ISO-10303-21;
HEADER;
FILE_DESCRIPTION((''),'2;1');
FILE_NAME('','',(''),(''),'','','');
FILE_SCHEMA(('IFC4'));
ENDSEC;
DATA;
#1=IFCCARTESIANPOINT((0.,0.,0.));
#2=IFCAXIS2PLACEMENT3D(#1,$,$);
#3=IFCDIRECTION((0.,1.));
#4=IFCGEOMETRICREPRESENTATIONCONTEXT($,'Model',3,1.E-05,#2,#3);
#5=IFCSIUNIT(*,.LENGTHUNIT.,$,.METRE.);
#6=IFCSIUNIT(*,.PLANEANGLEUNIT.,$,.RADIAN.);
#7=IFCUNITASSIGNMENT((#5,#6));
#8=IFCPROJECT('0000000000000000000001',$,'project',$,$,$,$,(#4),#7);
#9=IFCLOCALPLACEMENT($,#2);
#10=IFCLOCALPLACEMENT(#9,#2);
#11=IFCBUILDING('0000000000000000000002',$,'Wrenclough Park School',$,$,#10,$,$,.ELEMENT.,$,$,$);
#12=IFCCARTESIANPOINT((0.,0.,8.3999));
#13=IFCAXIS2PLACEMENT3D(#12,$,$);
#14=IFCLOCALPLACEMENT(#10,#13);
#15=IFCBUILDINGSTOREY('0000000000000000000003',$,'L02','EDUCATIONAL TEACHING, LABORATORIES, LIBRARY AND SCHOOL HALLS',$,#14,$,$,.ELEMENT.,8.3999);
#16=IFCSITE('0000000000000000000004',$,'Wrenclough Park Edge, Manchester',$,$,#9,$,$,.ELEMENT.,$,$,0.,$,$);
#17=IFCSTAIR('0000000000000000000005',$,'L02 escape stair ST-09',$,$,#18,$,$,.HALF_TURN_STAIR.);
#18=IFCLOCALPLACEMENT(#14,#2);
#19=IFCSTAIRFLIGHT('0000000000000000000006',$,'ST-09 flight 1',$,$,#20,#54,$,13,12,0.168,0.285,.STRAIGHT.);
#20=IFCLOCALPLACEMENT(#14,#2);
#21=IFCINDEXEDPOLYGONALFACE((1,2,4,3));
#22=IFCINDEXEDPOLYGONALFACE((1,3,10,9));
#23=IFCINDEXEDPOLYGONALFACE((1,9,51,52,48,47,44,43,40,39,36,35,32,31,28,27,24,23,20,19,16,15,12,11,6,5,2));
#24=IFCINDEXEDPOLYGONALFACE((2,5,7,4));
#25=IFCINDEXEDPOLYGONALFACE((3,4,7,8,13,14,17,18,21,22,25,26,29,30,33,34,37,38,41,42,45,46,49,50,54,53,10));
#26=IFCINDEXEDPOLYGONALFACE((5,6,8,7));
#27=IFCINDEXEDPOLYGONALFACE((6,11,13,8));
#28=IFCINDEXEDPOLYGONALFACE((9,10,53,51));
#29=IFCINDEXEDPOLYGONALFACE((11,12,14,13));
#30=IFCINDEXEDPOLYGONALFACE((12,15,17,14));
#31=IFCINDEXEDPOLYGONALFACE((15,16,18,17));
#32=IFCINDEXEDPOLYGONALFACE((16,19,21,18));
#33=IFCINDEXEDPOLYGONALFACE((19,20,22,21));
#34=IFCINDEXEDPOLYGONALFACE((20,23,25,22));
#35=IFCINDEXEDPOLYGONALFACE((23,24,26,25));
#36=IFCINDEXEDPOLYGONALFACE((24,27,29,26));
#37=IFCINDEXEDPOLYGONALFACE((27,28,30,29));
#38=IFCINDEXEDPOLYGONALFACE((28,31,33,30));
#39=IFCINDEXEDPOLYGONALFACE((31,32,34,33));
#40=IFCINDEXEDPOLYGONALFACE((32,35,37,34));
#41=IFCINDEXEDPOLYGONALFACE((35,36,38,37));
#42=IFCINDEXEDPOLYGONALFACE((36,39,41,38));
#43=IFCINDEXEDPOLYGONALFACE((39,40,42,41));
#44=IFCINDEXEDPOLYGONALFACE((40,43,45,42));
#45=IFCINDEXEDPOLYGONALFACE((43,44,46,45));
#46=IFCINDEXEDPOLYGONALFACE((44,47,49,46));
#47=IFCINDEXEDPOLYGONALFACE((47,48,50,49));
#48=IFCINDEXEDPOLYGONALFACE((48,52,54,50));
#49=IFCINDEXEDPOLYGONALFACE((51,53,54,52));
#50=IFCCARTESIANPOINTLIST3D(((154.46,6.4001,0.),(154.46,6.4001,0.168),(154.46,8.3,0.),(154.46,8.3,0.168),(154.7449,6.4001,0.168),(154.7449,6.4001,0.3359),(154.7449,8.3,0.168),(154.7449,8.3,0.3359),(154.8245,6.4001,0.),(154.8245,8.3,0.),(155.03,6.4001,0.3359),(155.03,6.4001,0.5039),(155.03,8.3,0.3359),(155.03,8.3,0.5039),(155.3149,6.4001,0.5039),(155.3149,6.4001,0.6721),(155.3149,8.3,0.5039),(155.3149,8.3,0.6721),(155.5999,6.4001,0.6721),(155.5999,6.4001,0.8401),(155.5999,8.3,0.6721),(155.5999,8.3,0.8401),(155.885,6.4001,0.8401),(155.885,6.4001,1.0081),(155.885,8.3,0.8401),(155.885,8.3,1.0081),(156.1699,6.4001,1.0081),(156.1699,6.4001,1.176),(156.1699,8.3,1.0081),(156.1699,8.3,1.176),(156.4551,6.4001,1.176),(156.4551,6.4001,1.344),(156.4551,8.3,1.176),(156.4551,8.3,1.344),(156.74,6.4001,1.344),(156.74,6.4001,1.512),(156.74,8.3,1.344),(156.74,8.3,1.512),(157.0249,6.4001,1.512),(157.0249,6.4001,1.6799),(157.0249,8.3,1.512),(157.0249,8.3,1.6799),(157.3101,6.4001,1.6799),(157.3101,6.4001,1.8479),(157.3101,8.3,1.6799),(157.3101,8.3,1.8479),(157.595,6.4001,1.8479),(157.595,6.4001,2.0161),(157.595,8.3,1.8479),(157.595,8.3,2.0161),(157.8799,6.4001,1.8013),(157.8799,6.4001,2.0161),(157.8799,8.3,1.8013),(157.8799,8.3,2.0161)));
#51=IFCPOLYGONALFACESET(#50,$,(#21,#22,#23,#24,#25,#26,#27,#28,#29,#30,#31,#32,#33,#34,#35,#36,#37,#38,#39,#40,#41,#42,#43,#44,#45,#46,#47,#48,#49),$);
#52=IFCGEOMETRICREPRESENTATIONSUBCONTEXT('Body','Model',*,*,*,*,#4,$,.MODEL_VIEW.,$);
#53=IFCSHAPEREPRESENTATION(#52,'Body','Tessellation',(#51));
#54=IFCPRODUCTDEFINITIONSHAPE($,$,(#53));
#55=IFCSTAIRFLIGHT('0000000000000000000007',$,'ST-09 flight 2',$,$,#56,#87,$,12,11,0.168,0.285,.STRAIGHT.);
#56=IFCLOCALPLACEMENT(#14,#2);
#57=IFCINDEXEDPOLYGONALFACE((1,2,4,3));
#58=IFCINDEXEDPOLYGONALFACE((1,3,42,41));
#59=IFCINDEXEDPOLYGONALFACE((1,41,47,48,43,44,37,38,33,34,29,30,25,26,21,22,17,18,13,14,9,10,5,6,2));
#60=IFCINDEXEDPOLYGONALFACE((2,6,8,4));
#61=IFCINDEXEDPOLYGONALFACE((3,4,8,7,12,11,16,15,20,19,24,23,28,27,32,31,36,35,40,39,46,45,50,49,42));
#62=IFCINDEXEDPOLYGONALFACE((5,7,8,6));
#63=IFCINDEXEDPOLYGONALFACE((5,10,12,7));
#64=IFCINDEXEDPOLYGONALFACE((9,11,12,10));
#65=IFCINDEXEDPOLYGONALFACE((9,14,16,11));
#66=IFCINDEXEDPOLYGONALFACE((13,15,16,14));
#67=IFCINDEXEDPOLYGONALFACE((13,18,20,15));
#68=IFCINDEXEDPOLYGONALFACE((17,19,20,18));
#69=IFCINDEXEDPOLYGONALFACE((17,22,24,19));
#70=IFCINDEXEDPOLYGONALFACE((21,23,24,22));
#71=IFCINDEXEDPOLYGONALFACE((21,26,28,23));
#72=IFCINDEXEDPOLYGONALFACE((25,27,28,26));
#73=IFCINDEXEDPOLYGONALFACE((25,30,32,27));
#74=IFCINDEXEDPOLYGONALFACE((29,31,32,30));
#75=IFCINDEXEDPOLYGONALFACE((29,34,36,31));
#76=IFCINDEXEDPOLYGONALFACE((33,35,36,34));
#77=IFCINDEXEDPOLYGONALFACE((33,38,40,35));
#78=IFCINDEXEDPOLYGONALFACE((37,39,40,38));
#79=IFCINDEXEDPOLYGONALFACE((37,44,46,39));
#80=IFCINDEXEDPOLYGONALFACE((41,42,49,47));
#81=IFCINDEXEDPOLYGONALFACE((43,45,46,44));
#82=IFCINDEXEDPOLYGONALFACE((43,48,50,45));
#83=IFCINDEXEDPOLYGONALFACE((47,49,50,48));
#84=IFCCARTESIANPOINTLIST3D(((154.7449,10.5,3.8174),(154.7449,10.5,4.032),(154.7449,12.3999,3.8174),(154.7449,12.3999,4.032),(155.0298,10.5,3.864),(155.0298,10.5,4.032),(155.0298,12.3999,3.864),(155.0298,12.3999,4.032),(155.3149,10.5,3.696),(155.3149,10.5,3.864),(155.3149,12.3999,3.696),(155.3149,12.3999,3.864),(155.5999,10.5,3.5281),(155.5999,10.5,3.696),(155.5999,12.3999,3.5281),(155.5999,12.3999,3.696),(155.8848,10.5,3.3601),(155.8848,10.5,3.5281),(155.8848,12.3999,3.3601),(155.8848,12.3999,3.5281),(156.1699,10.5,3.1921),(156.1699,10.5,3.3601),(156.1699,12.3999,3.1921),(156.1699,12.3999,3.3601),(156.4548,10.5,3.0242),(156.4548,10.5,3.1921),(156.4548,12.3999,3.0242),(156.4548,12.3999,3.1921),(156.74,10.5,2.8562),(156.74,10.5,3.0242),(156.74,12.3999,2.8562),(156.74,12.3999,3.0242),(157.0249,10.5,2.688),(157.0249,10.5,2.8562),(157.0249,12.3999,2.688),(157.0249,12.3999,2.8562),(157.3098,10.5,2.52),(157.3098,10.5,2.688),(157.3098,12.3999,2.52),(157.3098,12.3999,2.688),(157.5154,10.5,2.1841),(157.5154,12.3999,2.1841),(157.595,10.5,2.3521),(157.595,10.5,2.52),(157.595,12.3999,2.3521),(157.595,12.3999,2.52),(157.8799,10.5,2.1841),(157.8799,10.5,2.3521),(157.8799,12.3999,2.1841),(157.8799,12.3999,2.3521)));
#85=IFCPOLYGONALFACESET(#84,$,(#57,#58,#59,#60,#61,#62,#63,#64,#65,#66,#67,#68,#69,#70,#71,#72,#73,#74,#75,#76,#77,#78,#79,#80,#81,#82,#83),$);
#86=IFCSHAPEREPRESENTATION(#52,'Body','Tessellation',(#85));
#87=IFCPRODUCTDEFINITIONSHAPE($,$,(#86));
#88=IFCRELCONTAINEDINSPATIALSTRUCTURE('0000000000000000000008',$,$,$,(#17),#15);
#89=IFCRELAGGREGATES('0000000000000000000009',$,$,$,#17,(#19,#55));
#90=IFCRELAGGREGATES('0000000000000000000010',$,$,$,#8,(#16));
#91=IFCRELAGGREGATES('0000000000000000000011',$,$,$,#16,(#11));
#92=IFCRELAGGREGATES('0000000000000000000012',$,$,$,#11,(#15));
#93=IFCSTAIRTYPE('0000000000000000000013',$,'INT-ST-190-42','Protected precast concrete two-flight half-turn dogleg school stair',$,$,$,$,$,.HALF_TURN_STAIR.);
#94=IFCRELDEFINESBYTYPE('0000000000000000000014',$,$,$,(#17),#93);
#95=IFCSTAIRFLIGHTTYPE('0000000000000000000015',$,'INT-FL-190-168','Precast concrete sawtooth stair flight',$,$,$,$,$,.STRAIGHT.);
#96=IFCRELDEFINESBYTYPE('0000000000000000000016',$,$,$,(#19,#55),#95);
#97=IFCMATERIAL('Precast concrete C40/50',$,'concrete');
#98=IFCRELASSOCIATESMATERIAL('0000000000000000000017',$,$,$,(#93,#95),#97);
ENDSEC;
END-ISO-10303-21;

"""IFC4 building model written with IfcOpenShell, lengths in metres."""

from ifc_helpers import new_model, si_unit, direction, frame, origin, place, context, subcontext, project, spatial, polyline, outline, extrude, material, type_object, element, aggregate, save


model = new_model("IFC4")

# Units and contexts
model_context = context("Model", 3, precision=1e-05, world=origin(), true_north=direction((0.0, 1.0)))
body_context = subcontext(model_context, "Body", "Model", "MODEL_VIEW")
ifc_project = project(units=[si_unit("LENGTHUNIT", "METRE"), si_unit("PLANEANGLEUNIT", "RADIAN")], contexts=[model_context])

# Site, building, storey
site_placement = place(None, origin())
site = spatial("IfcSite", under=ifc_project, at=site_placement, Name="Wrenclough Park Edge, Manchester", CompositionType="ELEMENT", RefElevation=0.0)
building_placement = place(site_placement, origin())
building = spatial("IfcBuilding", under=site, at=building_placement, Name="Wrenclough Park School", CompositionType="ELEMENT")
storey_placement = place(building_placement, frame((0.0, 0.0, 8.3999)))
storey = spatial("IfcBuildingStorey", under=building, at=storey_placement, Name="L02", Description="EDUCATIONAL TEACHING, LABORATORIES, LIBRARY AND SCHOOL HALLS", CompositionType="ELEMENT", Elevation=8.3999)

# Stair, stair flights
ifc_material_1 = material(Name="Precast concrete C40/50", Category="concrete")
stair_type = type_object("IfcStairType", Name="INT-ST-190-42", Description="Protected precast concrete two-flight half-turn dogleg school stair", PredefinedType="HALF_TURN_STAIR", material=ifc_material_1)
stair_placement = place(storey_placement, origin())
stair = element("IfcStair", 1, at=stair_placement, inside=storey, type_object=stair_type, Name="L02 escape stair ST-09", PredefinedType="HALF_TURN_STAIR")
stair_flight_type = type_object("IfcStairFlightType", Name="INT-FL-190-168", Description="Precast concrete sawtooth stair flight", PredefinedType="STRAIGHT", material=ifc_material_1)
stair_flight_1_placement = place(storey_placement, frame((154.46, 7.3501, 0.0), z_axis=(0.0, 0.0, 1.0), x_axis=(1.0, 0.0, 0.0)))
stair_flight_1 = element("IfcStairFlight", 2, at=stair_flight_1_placement, type_object=stair_flight_type, Name="ST-09 flight 1", NumberOfRisers=13, NumberOfTreads=12, PredefinedType="STRAIGHT", RiserHeight=0.168, TreadLength=0.285, context=body_context, shape_type="SweptSolid", body=[
    extrude(outline(polyline([(0.0, 0.0), (0.0, 0.168), (0.2849, 0.168), (0.2849, 0.3359), (0.5701, 0.3359), (0.5701, 0.5039), (0.855, 0.5039), (0.855, 0.6721), (1.1399, 0.6721), (1.1399, 0.8401), (1.425, 0.8401), (1.425, 1.0081), (1.71, 1.0081), (1.71, 1.176), (1.9951, 1.176), (1.9951, 1.344), (2.28, 1.344), (2.28, 1.512), (2.5649, 1.512), (2.5649, 1.6799), (2.8501, 1.6799), (2.8501, 1.8479), (3.135, 1.8479), (3.135, 2.0161), (3.4199, 2.0161), (3.4199, 2.1841), (3.4199, 1.8013), (0.3645, 0.0), (0.0, 0.0)])), frame((0.0, 0.95, 0.0), z_axis=(0.0, -1.0, 0.0), x_axis=(1.0, 0.0, 0.0)), (0.0, 0.0, 1.0), 1.8999),
])
stair_flight_2_placement = place(storey_placement, frame((157.8799, 11.45, 2.1841), z_axis=(0.0, 0.0, 1.0), x_axis=(-1.0, 0.0, 0.0)))
stair_flight_2 = element("IfcStairFlight", 3, at=stair_flight_2_placement, type_object=stair_flight_type, Name="ST-09 flight 2", NumberOfRisers=12, NumberOfTreads=11, PredefinedType="STRAIGHT", RiserHeight=0.168, TreadLength=0.285, context=body_context, shape_type="SweptSolid", body=[
    extrude(outline(polyline([(0.0, 0.0), (0.0, 0.168), (0.2849, 0.168), (0.2849, 0.3359), (0.5701, 0.3359), (0.5701, 0.5039), (0.855, 0.5039), (0.855, 0.6721), (1.1399, 0.6721), (1.1399, 0.8401), (1.425, 0.8401), (1.425, 1.0081), (1.71, 1.0081), (1.71, 1.176), (1.9951, 1.176), (1.9951, 1.344), (2.28, 1.344), (2.28, 1.512), (2.5649, 1.512), (2.5649, 1.6799), (2.8501, 1.6799), (2.8501, 1.8479), (3.135, 1.8479), (3.135, 2.0161), (3.135, 1.6333), (0.3645, 0.0), (0.0, 0.0)])), frame((0.0, 0.95, 0.0), z_axis=(0.0, -1.0, 0.0), x_axis=(1.0, 0.0, 0.0)), (0.0, 0.0, 1.0), 1.8999),
])
aggregate(stair, [stair_flight_1, stair_flight_2])

save(model, "model.ifc")
